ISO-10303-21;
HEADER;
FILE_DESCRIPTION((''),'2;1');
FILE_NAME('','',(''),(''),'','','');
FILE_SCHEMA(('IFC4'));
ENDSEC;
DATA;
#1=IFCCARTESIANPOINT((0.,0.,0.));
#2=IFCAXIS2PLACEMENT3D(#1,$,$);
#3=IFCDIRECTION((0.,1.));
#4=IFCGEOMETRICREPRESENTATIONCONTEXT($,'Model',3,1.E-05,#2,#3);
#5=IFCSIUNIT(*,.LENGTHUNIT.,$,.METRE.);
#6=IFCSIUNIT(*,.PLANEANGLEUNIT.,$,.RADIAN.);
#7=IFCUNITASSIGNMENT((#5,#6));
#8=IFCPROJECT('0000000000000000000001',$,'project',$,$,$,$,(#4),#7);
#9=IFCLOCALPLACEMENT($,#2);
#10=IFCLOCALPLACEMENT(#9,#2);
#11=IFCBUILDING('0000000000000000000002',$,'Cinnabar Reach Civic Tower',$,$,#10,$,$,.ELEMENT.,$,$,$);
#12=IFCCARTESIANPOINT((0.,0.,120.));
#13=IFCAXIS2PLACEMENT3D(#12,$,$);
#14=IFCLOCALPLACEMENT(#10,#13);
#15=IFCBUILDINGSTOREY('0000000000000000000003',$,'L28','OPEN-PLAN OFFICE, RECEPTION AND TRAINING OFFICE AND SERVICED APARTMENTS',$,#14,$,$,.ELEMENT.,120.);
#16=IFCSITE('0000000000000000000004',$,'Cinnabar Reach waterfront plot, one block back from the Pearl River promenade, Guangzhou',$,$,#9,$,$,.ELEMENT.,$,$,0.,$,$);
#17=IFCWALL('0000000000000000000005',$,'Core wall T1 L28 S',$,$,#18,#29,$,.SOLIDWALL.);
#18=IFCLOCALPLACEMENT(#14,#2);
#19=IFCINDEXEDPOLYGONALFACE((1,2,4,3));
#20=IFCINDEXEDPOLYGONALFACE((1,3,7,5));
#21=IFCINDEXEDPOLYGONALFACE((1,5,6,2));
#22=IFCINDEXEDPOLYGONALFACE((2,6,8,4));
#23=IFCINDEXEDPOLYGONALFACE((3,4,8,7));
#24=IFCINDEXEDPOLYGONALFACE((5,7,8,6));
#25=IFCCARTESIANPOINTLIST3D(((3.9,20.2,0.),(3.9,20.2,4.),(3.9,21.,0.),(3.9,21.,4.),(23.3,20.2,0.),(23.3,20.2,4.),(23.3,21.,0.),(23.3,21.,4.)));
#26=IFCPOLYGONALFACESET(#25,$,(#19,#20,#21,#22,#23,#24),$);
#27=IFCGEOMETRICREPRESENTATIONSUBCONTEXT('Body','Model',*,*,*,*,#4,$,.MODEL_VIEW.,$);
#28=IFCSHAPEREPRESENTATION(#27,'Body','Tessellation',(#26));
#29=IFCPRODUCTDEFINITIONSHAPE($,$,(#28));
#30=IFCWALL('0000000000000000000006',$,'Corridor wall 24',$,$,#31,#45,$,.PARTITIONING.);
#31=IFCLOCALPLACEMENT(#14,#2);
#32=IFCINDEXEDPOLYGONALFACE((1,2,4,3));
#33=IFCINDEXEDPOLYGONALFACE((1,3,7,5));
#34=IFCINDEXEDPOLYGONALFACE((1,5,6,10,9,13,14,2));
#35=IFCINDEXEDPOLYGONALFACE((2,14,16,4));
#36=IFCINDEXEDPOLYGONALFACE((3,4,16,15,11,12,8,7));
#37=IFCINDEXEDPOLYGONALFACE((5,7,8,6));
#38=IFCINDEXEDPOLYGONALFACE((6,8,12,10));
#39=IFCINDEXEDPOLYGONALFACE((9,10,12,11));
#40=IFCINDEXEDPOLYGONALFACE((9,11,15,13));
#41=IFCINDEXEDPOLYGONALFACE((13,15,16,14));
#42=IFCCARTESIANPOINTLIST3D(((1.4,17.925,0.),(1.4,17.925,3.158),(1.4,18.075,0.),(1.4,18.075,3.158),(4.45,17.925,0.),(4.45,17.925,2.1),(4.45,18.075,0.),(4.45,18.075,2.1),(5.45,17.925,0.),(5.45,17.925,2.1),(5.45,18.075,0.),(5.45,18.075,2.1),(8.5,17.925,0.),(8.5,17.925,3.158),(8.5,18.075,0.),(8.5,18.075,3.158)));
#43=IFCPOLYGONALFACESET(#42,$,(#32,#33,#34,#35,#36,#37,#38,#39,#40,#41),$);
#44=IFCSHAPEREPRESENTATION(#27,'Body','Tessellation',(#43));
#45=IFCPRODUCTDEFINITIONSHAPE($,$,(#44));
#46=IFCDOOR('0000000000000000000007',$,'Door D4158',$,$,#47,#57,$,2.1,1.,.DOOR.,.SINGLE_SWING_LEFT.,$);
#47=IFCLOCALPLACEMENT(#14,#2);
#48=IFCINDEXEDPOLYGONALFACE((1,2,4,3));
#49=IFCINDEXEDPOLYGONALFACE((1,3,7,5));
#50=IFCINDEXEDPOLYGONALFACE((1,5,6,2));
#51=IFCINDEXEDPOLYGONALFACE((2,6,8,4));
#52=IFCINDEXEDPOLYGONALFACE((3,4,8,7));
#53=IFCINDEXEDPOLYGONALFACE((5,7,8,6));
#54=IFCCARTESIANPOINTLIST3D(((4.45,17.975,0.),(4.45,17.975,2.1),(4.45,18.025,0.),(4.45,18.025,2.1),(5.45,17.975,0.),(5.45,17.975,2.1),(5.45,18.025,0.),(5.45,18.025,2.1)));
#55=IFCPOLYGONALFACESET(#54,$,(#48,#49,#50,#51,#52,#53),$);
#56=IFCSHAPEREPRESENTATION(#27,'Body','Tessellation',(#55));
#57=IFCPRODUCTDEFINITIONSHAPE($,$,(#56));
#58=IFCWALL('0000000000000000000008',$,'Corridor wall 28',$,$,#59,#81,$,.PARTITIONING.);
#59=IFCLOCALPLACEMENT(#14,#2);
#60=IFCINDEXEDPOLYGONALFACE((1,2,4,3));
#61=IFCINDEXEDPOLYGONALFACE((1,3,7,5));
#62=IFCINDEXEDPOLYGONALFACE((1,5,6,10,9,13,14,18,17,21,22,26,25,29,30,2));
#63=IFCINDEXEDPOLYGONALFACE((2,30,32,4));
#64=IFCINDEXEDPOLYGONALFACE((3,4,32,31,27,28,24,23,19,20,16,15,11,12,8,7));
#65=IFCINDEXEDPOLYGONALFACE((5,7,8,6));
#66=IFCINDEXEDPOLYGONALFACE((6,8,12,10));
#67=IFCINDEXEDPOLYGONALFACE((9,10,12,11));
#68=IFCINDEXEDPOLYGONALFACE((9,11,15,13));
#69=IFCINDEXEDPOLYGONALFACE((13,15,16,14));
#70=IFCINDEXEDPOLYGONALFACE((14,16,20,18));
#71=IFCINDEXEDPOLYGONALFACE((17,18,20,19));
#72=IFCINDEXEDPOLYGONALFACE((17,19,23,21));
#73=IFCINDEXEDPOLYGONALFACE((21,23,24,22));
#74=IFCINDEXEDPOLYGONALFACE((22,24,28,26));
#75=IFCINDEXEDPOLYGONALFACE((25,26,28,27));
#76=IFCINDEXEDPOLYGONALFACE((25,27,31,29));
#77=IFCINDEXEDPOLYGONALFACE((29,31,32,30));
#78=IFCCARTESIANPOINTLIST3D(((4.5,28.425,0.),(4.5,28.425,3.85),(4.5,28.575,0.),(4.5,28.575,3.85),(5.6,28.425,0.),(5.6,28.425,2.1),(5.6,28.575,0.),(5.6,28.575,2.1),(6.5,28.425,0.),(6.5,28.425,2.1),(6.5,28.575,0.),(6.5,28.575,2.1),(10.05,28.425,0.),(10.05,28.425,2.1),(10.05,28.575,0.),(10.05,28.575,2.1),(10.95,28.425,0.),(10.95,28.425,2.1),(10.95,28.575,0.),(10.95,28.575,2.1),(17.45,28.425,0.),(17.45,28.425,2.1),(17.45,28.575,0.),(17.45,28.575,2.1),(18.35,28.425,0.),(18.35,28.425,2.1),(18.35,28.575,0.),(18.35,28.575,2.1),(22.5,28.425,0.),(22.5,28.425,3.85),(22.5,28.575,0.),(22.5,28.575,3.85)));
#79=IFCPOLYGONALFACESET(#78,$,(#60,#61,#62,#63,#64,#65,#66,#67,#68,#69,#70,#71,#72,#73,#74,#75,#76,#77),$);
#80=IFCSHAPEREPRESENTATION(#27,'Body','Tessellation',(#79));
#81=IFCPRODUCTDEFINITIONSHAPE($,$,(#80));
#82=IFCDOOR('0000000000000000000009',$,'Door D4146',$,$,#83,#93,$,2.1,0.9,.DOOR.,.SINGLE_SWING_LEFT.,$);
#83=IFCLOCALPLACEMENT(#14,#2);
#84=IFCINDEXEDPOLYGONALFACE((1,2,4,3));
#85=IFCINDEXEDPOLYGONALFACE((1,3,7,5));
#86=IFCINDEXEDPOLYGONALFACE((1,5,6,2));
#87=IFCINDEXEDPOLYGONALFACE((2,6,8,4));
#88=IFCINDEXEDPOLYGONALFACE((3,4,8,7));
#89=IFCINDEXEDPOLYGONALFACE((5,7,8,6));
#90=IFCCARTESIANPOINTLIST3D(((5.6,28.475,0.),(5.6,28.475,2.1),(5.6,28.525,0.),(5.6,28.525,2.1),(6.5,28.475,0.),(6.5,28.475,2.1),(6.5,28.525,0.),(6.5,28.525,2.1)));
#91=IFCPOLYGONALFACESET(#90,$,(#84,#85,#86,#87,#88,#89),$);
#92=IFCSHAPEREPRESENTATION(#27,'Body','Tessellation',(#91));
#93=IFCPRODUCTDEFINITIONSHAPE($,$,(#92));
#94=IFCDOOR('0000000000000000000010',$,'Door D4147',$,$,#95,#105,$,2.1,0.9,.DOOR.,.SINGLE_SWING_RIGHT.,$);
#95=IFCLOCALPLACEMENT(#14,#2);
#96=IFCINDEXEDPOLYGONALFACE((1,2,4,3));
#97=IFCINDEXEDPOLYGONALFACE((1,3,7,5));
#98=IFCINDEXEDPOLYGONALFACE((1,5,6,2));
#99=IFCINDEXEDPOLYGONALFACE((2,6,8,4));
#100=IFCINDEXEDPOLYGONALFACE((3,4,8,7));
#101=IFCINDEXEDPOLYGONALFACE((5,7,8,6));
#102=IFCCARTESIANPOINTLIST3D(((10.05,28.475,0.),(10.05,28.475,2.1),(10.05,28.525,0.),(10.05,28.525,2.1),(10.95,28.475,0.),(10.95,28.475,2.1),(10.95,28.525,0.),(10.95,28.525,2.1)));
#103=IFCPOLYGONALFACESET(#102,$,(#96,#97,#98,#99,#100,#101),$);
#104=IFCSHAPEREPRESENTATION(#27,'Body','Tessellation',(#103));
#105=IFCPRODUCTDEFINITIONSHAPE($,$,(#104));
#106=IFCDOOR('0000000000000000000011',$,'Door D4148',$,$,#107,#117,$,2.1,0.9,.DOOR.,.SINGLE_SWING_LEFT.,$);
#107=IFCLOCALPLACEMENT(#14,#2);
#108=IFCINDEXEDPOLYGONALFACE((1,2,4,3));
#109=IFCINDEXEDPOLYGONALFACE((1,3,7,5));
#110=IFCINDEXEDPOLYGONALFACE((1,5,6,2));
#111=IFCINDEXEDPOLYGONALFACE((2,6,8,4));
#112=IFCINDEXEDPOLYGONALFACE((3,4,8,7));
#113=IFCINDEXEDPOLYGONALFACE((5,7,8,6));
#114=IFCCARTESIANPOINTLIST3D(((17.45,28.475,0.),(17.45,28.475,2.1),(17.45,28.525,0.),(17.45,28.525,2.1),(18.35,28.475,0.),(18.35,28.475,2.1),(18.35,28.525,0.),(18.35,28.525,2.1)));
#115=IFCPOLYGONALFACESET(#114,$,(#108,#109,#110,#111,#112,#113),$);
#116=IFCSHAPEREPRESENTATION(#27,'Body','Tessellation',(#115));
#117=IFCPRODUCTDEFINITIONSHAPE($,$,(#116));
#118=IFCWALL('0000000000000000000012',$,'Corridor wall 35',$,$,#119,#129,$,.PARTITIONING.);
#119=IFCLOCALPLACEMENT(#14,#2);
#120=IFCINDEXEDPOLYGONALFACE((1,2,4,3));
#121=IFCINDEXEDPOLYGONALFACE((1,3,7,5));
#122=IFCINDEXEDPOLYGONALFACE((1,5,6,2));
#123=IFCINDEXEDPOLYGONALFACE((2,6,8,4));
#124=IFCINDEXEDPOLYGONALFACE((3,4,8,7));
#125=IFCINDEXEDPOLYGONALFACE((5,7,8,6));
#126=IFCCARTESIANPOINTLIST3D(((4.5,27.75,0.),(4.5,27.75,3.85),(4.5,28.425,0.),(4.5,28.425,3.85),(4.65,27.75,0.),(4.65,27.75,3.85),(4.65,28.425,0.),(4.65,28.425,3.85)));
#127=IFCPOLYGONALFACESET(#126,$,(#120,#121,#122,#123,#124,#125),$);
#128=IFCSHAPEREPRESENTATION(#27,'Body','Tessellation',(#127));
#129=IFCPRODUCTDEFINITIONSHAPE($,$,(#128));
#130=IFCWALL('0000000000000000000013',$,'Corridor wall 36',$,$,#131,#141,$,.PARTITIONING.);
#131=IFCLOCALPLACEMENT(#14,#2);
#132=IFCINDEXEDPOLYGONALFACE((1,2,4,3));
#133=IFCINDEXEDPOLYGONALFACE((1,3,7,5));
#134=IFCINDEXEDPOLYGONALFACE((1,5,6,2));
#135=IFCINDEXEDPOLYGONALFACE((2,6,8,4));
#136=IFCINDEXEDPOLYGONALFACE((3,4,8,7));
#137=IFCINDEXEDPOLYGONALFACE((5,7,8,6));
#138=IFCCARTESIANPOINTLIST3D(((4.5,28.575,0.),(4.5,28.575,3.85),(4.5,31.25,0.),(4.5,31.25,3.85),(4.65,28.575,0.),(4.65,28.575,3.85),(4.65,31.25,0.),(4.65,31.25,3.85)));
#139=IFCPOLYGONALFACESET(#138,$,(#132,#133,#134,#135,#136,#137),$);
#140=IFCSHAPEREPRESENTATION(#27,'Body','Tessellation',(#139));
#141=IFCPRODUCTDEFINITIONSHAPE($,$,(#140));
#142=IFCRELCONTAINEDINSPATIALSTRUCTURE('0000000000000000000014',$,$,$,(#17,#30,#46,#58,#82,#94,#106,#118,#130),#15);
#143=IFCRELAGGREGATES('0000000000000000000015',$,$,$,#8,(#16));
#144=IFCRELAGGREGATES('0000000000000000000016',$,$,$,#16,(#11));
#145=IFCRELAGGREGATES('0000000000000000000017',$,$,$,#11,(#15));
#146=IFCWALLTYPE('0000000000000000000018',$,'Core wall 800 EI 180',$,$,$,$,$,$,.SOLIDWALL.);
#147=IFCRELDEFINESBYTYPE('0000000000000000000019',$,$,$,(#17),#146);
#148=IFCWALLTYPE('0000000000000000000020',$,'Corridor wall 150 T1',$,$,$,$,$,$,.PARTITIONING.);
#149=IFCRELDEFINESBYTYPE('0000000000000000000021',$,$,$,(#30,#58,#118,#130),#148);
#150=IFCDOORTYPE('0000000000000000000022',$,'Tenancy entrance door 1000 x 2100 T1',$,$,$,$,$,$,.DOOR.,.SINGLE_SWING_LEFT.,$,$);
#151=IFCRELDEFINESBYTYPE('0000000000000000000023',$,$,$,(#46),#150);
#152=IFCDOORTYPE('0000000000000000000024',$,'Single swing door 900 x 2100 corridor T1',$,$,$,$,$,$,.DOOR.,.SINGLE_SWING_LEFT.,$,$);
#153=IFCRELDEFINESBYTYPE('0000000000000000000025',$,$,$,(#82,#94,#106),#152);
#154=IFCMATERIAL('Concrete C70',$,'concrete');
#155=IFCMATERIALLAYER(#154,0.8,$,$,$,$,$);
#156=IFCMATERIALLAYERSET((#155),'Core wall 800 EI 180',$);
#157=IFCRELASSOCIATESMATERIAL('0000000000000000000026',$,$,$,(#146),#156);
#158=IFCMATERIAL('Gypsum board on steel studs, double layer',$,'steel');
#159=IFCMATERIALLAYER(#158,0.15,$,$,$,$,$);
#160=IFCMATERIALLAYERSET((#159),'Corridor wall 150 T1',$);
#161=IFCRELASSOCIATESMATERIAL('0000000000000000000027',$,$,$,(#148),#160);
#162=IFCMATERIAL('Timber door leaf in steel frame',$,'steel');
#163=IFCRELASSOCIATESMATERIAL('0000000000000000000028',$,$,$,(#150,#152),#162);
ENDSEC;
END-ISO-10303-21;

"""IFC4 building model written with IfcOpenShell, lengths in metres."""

from ifc_helpers import new_model, si_unit, direction, frame, frame_2d, origin, place, context, subcontext, project, spatial, rectangle, extrude, material, layer, layer_set, type_object, element, fill, save


model = new_model("IFC4")

# Units and contexts
model_context = context("Model", 3, precision=1e-05, world=origin(), true_north=direction((0.0, 1.0)))
body_context = subcontext(model_context, "Body", "Model", "MODEL_VIEW")
ifc_project = project(units=[si_unit("LENGTHUNIT", "METRE"), si_unit("PLANEANGLEUNIT", "RADIAN")], contexts=[model_context])

# Site, building, storey
site_placement = place(None, origin())
site = spatial("IfcSite", under=ifc_project, at=site_placement, Name="Cinnabar Reach waterfront plot, one block back from the Pearl River promenade, Guangzhou", CompositionType="ELEMENT", RefElevation=0.0)
building_placement = place(site_placement, origin())
building = spatial("IfcBuilding", under=site, at=building_placement, Name="Cinnabar Reach Civic Tower", CompositionType="ELEMENT")
storey_placement = place(building_placement, frame((0.0, 0.0, 120.0)))
storey = spatial("IfcBuildingStorey", under=building, at=storey_placement, Name="L28", Description="OPEN-PLAN OFFICE, RECEPTION AND TRAINING OFFICE AND SERVICED APARTMENTS", CompositionType="ELEMENT", Elevation=120.0)

# Wall
ifc_material_1 = material(Name="Concrete C70", Category="concrete")
ifc_layer_1 = layer(ifc_material_1, 0.8)
ifc_layer_set_1 = layer_set([ifc_layer_1], Name="Core wall 800 EI 180")
wall_type_1 = type_object("IfcWallType", Name="Core wall 800 EI 180", PredefinedType="SOLIDWALL", material=ifc_layer_set_1)
wall_1_placement = place(storey_placement, frame((3.9, 20.6, 0.0), z_axis=(0.0, 0.0, 1.0), x_axis=(1.0, 0.0, 0.0)))
element("IfcWall", 1, at=wall_1_placement, inside=storey, type_object=wall_type_1, Name="Core wall T1 L28 S", PredefinedType="SOLIDWALL", context=body_context, shape_type="SweptSolid", body=[
    extrude(rectangle(XDim=19.4, YDim=0.8, at=frame_2d((9.7, 0.0))), origin(), (0.0, 0.0, 1.0), 4.0),
])

# Wall, opening, door
ifc_material_2 = material(Name="Gypsum board on steel studs, double layer", Category="steel")
ifc_layer_2 = layer(ifc_material_2, 0.15)
ifc_layer_set_2 = layer_set([ifc_layer_2], Name="Corridor wall 150 T1")
wall_type_2 = type_object("IfcWallType", Name="Corridor wall 150 T1", PredefinedType="PARTITIONING", material=ifc_layer_set_2)
wall_2_placement = place(storey_placement, frame((1.4, 18.0, 0.0), z_axis=(0.0, 0.0, 1.0), x_axis=(1.0, 0.0, 0.0)))
wall_2 = element("IfcWall", 2, at=wall_2_placement, inside=storey, type_object=wall_type_2, Name="Corridor wall 24", PredefinedType="PARTITIONING", context=body_context, shape_type="SweptSolid", body=[
    extrude(rectangle(XDim=7.1, YDim=0.15, at=frame_2d((3.55, 0.0))), origin(), (0.0, 0.0, 1.0), 3.158),
])
opening_1_placement = place(wall_2_placement, frame((3.05, 0.0, 0.0)))
opening_1 = element("IfcOpeningElement", 3, at=opening_1_placement, cuts=wall_2, PredefinedType="OPENING", context=body_context, shape_type="SweptSolid", body=[
    extrude(rectangle(XDim=1.0, YDim=2.1, at=frame_2d((0.5, 1.05))), frame((0.0, 0.085, 0.0), z_axis=(0.0, -1.0, 0.0), x_axis=(1.0, 0.0, 0.0)), (0.0, 0.0, 1.0), 0.17),
])
ifc_material_3 = material(Name="Timber door leaf in steel frame", Category="steel")
door_type_1 = type_object("IfcDoorType", Name="Tenancy entrance door 1000 x 2100 T1", OperationType="SINGLE_SWING_LEFT", PredefinedType="DOOR", material=ifc_material_3)
door_1_placement = place(opening_1_placement, frame((1.0, 0.0, 0.0), z_axis=(0.0, 0.0, 1.0), x_axis=(-1.0, 0.0, 0.0)))
door_1 = element("IfcDoor", 4, at=door_1_placement, inside=storey, type_object=door_type_1, Name="Door D4158", OperationType="SINGLE_SWING_LEFT", OverallHeight=2.1, OverallWidth=1.0, PredefinedType="DOOR", context=body_context, shape_type="SweptSolid", body=[
    extrude(rectangle(XDim=1.0, YDim=2.1, at=frame_2d((0.5, 1.05))), frame((0.0, 0.025, 0.0), z_axis=(0.0, -1.0, 0.0), x_axis=(1.0, 0.0, 0.0)), (0.0, 0.0, 1.0), 0.05),
])
fill(opening_1, door_1)

# Wall, openings, doors
wall_3_placement = place(storey_placement, frame((4.5, 28.5, 0.0), z_axis=(0.0, 0.0, 1.0), x_axis=(1.0, 0.0, 0.0)))
wall_3 = element("IfcWall", 5, at=wall_3_placement, inside=storey, type_object=wall_type_2, Name="Corridor wall 28", PredefinedType="PARTITIONING", context=body_context, shape_type="SweptSolid", body=[
    extrude(rectangle(XDim=18.0, YDim=0.15, at=frame_2d((9.0, 0.0))), origin(), (0.0, 0.0, 1.0), 3.85),
])
opening_2_placement = place(wall_3_placement, frame((1.1, 0.0, 0.0)))
opening_2 = element("IfcOpeningElement", 6, at=opening_2_placement, cuts=wall_3, PredefinedType="OPENING", context=body_context, shape_type="SweptSolid", body=[
    extrude(rectangle(XDim=0.9, YDim=2.1, at=frame_2d((0.45, 1.05))), frame((0.0, 0.085, 0.0), z_axis=(0.0, -1.0, 0.0), x_axis=(1.0, 0.0, 0.0)), (0.0, 0.0, 1.0), 0.17),
])
opening_3_placement = place(wall_3_placement, frame((5.55, 0.0, 0.0)))
opening_3 = element("IfcOpeningElement", 7, at=opening_3_placement, cuts=wall_3, PredefinedType="OPENING", context=body_context, shape_type="SweptSolid", body=[
    extrude(rectangle(XDim=0.9, YDim=2.1, at=frame_2d((0.45, 1.05))), frame((0.0, 0.085, 0.0), z_axis=(0.0, -1.0, 0.0), x_axis=(1.0, 0.0, 0.0)), (0.0, 0.0, 1.0), 0.17),
])
opening_4_placement = place(wall_3_placement, frame((12.95, 0.0, 0.0)))
opening_4 = element("IfcOpeningElement", 8, at=opening_4_placement, cuts=wall_3, PredefinedType="OPENING", context=body_context, shape_type="SweptSolid", body=[
    extrude(rectangle(XDim=0.9, YDim=2.1, at=frame_2d((0.45, 1.05))), frame((0.0, 0.085, 0.0), z_axis=(0.0, -1.0, 0.0), x_axis=(1.0, 0.0, 0.0)), (0.0, 0.0, 1.0), 0.17),
])
door_type_2 = type_object("IfcDoorType", Name="Single swing door 900 x 2100 corridor T1", OperationType="SINGLE_SWING_LEFT", PredefinedType="DOOR", material=ifc_material_3)
door_2_placement = place(opening_2_placement, origin())
door_2 = element("IfcDoor", 9, at=door_2_placement, inside=storey, type_object=door_type_2, Name="Door D4146", OperationType="SINGLE_SWING_LEFT", OverallHeight=2.1, OverallWidth=0.9, PredefinedType="DOOR", context=body_context, shape_type="SweptSolid", body=[
    extrude(rectangle(XDim=0.9, YDim=2.1, at=frame_2d((0.45, 1.05))), frame((0.0, 0.025, 0.0), z_axis=(0.0, -1.0, 0.0), x_axis=(1.0, 0.0, 0.0)), (0.0, 0.0, 1.0), 0.05),
])
fill(opening_2, door_2)
door_3_placement = place(opening_3_placement, origin())
door_3 = element("IfcDoor", 10, at=door_3_placement, inside=storey, type_object=door_type_2, Name="Door D4147", OperationType="SINGLE_SWING_RIGHT", OverallHeight=2.1, OverallWidth=0.9, PredefinedType="DOOR", context=body_context, shape_type="SweptSolid", body=[
    extrude(rectangle(XDim=0.9, YDim=2.1, at=frame_2d((0.45, 1.05))), frame((0.0, 0.025, 0.0), z_axis=(0.0, -1.0, 0.0), x_axis=(1.0, 0.0, 0.0)), (0.0, 0.0, 1.0), 0.05),
])
fill(opening_3, door_3)
door_4_placement = place(opening_4_placement, origin())
door_4 = element("IfcDoor", 11, at=door_4_placement, inside=storey, type_object=door_type_2, Name="Door D4148", OperationType="SINGLE_SWING_LEFT", OverallHeight=2.1, OverallWidth=0.9, PredefinedType="DOOR", context=body_context, shape_type="SweptSolid", body=[
    extrude(rectangle(XDim=0.9, YDim=2.1, at=frame_2d((0.45, 1.05))), frame((0.0, 0.025, 0.0), z_axis=(0.0, -1.0, 0.0), x_axis=(1.0, 0.0, 0.0)), (0.0, 0.0, 1.0), 0.05),
])
fill(opening_4, door_4)

# Walls
wall_4_placement = place(storey_placement, frame((4.575, 27.75, 0.0), z_axis=(0.0, 0.0, 1.0), x_axis=(0.0, 1.0, 0.0)))
element("IfcWall", 12, at=wall_4_placement, inside=storey, type_object=wall_type_2, Name="Corridor wall 35", PredefinedType="PARTITIONING", context=body_context, shape_type="SweptSolid", body=[
    extrude(rectangle(XDim=0.675, YDim=0.15, at=frame_2d((0.3375, 0.0))), origin(), (0.0, 0.0, 1.0), 3.85),
])
wall_5_placement = place(storey_placement, frame((4.575, 28.575, 0.0), z_axis=(0.0, 0.0, 1.0), x_axis=(0.0, 1.0, 0.0)))
element("IfcWall", 13, at=wall_5_placement, inside=storey, type_object=wall_type_2, Name="Corridor wall 36", PredefinedType="PARTITIONING", context=body_context, shape_type="SweptSolid", body=[
    extrude(rectangle(XDim=2.675, YDim=0.15, at=frame_2d((1.3375, 0.0))), origin(), (0.0, 0.0, 1.0), 3.85),
])

save(model, "model.ifc")
